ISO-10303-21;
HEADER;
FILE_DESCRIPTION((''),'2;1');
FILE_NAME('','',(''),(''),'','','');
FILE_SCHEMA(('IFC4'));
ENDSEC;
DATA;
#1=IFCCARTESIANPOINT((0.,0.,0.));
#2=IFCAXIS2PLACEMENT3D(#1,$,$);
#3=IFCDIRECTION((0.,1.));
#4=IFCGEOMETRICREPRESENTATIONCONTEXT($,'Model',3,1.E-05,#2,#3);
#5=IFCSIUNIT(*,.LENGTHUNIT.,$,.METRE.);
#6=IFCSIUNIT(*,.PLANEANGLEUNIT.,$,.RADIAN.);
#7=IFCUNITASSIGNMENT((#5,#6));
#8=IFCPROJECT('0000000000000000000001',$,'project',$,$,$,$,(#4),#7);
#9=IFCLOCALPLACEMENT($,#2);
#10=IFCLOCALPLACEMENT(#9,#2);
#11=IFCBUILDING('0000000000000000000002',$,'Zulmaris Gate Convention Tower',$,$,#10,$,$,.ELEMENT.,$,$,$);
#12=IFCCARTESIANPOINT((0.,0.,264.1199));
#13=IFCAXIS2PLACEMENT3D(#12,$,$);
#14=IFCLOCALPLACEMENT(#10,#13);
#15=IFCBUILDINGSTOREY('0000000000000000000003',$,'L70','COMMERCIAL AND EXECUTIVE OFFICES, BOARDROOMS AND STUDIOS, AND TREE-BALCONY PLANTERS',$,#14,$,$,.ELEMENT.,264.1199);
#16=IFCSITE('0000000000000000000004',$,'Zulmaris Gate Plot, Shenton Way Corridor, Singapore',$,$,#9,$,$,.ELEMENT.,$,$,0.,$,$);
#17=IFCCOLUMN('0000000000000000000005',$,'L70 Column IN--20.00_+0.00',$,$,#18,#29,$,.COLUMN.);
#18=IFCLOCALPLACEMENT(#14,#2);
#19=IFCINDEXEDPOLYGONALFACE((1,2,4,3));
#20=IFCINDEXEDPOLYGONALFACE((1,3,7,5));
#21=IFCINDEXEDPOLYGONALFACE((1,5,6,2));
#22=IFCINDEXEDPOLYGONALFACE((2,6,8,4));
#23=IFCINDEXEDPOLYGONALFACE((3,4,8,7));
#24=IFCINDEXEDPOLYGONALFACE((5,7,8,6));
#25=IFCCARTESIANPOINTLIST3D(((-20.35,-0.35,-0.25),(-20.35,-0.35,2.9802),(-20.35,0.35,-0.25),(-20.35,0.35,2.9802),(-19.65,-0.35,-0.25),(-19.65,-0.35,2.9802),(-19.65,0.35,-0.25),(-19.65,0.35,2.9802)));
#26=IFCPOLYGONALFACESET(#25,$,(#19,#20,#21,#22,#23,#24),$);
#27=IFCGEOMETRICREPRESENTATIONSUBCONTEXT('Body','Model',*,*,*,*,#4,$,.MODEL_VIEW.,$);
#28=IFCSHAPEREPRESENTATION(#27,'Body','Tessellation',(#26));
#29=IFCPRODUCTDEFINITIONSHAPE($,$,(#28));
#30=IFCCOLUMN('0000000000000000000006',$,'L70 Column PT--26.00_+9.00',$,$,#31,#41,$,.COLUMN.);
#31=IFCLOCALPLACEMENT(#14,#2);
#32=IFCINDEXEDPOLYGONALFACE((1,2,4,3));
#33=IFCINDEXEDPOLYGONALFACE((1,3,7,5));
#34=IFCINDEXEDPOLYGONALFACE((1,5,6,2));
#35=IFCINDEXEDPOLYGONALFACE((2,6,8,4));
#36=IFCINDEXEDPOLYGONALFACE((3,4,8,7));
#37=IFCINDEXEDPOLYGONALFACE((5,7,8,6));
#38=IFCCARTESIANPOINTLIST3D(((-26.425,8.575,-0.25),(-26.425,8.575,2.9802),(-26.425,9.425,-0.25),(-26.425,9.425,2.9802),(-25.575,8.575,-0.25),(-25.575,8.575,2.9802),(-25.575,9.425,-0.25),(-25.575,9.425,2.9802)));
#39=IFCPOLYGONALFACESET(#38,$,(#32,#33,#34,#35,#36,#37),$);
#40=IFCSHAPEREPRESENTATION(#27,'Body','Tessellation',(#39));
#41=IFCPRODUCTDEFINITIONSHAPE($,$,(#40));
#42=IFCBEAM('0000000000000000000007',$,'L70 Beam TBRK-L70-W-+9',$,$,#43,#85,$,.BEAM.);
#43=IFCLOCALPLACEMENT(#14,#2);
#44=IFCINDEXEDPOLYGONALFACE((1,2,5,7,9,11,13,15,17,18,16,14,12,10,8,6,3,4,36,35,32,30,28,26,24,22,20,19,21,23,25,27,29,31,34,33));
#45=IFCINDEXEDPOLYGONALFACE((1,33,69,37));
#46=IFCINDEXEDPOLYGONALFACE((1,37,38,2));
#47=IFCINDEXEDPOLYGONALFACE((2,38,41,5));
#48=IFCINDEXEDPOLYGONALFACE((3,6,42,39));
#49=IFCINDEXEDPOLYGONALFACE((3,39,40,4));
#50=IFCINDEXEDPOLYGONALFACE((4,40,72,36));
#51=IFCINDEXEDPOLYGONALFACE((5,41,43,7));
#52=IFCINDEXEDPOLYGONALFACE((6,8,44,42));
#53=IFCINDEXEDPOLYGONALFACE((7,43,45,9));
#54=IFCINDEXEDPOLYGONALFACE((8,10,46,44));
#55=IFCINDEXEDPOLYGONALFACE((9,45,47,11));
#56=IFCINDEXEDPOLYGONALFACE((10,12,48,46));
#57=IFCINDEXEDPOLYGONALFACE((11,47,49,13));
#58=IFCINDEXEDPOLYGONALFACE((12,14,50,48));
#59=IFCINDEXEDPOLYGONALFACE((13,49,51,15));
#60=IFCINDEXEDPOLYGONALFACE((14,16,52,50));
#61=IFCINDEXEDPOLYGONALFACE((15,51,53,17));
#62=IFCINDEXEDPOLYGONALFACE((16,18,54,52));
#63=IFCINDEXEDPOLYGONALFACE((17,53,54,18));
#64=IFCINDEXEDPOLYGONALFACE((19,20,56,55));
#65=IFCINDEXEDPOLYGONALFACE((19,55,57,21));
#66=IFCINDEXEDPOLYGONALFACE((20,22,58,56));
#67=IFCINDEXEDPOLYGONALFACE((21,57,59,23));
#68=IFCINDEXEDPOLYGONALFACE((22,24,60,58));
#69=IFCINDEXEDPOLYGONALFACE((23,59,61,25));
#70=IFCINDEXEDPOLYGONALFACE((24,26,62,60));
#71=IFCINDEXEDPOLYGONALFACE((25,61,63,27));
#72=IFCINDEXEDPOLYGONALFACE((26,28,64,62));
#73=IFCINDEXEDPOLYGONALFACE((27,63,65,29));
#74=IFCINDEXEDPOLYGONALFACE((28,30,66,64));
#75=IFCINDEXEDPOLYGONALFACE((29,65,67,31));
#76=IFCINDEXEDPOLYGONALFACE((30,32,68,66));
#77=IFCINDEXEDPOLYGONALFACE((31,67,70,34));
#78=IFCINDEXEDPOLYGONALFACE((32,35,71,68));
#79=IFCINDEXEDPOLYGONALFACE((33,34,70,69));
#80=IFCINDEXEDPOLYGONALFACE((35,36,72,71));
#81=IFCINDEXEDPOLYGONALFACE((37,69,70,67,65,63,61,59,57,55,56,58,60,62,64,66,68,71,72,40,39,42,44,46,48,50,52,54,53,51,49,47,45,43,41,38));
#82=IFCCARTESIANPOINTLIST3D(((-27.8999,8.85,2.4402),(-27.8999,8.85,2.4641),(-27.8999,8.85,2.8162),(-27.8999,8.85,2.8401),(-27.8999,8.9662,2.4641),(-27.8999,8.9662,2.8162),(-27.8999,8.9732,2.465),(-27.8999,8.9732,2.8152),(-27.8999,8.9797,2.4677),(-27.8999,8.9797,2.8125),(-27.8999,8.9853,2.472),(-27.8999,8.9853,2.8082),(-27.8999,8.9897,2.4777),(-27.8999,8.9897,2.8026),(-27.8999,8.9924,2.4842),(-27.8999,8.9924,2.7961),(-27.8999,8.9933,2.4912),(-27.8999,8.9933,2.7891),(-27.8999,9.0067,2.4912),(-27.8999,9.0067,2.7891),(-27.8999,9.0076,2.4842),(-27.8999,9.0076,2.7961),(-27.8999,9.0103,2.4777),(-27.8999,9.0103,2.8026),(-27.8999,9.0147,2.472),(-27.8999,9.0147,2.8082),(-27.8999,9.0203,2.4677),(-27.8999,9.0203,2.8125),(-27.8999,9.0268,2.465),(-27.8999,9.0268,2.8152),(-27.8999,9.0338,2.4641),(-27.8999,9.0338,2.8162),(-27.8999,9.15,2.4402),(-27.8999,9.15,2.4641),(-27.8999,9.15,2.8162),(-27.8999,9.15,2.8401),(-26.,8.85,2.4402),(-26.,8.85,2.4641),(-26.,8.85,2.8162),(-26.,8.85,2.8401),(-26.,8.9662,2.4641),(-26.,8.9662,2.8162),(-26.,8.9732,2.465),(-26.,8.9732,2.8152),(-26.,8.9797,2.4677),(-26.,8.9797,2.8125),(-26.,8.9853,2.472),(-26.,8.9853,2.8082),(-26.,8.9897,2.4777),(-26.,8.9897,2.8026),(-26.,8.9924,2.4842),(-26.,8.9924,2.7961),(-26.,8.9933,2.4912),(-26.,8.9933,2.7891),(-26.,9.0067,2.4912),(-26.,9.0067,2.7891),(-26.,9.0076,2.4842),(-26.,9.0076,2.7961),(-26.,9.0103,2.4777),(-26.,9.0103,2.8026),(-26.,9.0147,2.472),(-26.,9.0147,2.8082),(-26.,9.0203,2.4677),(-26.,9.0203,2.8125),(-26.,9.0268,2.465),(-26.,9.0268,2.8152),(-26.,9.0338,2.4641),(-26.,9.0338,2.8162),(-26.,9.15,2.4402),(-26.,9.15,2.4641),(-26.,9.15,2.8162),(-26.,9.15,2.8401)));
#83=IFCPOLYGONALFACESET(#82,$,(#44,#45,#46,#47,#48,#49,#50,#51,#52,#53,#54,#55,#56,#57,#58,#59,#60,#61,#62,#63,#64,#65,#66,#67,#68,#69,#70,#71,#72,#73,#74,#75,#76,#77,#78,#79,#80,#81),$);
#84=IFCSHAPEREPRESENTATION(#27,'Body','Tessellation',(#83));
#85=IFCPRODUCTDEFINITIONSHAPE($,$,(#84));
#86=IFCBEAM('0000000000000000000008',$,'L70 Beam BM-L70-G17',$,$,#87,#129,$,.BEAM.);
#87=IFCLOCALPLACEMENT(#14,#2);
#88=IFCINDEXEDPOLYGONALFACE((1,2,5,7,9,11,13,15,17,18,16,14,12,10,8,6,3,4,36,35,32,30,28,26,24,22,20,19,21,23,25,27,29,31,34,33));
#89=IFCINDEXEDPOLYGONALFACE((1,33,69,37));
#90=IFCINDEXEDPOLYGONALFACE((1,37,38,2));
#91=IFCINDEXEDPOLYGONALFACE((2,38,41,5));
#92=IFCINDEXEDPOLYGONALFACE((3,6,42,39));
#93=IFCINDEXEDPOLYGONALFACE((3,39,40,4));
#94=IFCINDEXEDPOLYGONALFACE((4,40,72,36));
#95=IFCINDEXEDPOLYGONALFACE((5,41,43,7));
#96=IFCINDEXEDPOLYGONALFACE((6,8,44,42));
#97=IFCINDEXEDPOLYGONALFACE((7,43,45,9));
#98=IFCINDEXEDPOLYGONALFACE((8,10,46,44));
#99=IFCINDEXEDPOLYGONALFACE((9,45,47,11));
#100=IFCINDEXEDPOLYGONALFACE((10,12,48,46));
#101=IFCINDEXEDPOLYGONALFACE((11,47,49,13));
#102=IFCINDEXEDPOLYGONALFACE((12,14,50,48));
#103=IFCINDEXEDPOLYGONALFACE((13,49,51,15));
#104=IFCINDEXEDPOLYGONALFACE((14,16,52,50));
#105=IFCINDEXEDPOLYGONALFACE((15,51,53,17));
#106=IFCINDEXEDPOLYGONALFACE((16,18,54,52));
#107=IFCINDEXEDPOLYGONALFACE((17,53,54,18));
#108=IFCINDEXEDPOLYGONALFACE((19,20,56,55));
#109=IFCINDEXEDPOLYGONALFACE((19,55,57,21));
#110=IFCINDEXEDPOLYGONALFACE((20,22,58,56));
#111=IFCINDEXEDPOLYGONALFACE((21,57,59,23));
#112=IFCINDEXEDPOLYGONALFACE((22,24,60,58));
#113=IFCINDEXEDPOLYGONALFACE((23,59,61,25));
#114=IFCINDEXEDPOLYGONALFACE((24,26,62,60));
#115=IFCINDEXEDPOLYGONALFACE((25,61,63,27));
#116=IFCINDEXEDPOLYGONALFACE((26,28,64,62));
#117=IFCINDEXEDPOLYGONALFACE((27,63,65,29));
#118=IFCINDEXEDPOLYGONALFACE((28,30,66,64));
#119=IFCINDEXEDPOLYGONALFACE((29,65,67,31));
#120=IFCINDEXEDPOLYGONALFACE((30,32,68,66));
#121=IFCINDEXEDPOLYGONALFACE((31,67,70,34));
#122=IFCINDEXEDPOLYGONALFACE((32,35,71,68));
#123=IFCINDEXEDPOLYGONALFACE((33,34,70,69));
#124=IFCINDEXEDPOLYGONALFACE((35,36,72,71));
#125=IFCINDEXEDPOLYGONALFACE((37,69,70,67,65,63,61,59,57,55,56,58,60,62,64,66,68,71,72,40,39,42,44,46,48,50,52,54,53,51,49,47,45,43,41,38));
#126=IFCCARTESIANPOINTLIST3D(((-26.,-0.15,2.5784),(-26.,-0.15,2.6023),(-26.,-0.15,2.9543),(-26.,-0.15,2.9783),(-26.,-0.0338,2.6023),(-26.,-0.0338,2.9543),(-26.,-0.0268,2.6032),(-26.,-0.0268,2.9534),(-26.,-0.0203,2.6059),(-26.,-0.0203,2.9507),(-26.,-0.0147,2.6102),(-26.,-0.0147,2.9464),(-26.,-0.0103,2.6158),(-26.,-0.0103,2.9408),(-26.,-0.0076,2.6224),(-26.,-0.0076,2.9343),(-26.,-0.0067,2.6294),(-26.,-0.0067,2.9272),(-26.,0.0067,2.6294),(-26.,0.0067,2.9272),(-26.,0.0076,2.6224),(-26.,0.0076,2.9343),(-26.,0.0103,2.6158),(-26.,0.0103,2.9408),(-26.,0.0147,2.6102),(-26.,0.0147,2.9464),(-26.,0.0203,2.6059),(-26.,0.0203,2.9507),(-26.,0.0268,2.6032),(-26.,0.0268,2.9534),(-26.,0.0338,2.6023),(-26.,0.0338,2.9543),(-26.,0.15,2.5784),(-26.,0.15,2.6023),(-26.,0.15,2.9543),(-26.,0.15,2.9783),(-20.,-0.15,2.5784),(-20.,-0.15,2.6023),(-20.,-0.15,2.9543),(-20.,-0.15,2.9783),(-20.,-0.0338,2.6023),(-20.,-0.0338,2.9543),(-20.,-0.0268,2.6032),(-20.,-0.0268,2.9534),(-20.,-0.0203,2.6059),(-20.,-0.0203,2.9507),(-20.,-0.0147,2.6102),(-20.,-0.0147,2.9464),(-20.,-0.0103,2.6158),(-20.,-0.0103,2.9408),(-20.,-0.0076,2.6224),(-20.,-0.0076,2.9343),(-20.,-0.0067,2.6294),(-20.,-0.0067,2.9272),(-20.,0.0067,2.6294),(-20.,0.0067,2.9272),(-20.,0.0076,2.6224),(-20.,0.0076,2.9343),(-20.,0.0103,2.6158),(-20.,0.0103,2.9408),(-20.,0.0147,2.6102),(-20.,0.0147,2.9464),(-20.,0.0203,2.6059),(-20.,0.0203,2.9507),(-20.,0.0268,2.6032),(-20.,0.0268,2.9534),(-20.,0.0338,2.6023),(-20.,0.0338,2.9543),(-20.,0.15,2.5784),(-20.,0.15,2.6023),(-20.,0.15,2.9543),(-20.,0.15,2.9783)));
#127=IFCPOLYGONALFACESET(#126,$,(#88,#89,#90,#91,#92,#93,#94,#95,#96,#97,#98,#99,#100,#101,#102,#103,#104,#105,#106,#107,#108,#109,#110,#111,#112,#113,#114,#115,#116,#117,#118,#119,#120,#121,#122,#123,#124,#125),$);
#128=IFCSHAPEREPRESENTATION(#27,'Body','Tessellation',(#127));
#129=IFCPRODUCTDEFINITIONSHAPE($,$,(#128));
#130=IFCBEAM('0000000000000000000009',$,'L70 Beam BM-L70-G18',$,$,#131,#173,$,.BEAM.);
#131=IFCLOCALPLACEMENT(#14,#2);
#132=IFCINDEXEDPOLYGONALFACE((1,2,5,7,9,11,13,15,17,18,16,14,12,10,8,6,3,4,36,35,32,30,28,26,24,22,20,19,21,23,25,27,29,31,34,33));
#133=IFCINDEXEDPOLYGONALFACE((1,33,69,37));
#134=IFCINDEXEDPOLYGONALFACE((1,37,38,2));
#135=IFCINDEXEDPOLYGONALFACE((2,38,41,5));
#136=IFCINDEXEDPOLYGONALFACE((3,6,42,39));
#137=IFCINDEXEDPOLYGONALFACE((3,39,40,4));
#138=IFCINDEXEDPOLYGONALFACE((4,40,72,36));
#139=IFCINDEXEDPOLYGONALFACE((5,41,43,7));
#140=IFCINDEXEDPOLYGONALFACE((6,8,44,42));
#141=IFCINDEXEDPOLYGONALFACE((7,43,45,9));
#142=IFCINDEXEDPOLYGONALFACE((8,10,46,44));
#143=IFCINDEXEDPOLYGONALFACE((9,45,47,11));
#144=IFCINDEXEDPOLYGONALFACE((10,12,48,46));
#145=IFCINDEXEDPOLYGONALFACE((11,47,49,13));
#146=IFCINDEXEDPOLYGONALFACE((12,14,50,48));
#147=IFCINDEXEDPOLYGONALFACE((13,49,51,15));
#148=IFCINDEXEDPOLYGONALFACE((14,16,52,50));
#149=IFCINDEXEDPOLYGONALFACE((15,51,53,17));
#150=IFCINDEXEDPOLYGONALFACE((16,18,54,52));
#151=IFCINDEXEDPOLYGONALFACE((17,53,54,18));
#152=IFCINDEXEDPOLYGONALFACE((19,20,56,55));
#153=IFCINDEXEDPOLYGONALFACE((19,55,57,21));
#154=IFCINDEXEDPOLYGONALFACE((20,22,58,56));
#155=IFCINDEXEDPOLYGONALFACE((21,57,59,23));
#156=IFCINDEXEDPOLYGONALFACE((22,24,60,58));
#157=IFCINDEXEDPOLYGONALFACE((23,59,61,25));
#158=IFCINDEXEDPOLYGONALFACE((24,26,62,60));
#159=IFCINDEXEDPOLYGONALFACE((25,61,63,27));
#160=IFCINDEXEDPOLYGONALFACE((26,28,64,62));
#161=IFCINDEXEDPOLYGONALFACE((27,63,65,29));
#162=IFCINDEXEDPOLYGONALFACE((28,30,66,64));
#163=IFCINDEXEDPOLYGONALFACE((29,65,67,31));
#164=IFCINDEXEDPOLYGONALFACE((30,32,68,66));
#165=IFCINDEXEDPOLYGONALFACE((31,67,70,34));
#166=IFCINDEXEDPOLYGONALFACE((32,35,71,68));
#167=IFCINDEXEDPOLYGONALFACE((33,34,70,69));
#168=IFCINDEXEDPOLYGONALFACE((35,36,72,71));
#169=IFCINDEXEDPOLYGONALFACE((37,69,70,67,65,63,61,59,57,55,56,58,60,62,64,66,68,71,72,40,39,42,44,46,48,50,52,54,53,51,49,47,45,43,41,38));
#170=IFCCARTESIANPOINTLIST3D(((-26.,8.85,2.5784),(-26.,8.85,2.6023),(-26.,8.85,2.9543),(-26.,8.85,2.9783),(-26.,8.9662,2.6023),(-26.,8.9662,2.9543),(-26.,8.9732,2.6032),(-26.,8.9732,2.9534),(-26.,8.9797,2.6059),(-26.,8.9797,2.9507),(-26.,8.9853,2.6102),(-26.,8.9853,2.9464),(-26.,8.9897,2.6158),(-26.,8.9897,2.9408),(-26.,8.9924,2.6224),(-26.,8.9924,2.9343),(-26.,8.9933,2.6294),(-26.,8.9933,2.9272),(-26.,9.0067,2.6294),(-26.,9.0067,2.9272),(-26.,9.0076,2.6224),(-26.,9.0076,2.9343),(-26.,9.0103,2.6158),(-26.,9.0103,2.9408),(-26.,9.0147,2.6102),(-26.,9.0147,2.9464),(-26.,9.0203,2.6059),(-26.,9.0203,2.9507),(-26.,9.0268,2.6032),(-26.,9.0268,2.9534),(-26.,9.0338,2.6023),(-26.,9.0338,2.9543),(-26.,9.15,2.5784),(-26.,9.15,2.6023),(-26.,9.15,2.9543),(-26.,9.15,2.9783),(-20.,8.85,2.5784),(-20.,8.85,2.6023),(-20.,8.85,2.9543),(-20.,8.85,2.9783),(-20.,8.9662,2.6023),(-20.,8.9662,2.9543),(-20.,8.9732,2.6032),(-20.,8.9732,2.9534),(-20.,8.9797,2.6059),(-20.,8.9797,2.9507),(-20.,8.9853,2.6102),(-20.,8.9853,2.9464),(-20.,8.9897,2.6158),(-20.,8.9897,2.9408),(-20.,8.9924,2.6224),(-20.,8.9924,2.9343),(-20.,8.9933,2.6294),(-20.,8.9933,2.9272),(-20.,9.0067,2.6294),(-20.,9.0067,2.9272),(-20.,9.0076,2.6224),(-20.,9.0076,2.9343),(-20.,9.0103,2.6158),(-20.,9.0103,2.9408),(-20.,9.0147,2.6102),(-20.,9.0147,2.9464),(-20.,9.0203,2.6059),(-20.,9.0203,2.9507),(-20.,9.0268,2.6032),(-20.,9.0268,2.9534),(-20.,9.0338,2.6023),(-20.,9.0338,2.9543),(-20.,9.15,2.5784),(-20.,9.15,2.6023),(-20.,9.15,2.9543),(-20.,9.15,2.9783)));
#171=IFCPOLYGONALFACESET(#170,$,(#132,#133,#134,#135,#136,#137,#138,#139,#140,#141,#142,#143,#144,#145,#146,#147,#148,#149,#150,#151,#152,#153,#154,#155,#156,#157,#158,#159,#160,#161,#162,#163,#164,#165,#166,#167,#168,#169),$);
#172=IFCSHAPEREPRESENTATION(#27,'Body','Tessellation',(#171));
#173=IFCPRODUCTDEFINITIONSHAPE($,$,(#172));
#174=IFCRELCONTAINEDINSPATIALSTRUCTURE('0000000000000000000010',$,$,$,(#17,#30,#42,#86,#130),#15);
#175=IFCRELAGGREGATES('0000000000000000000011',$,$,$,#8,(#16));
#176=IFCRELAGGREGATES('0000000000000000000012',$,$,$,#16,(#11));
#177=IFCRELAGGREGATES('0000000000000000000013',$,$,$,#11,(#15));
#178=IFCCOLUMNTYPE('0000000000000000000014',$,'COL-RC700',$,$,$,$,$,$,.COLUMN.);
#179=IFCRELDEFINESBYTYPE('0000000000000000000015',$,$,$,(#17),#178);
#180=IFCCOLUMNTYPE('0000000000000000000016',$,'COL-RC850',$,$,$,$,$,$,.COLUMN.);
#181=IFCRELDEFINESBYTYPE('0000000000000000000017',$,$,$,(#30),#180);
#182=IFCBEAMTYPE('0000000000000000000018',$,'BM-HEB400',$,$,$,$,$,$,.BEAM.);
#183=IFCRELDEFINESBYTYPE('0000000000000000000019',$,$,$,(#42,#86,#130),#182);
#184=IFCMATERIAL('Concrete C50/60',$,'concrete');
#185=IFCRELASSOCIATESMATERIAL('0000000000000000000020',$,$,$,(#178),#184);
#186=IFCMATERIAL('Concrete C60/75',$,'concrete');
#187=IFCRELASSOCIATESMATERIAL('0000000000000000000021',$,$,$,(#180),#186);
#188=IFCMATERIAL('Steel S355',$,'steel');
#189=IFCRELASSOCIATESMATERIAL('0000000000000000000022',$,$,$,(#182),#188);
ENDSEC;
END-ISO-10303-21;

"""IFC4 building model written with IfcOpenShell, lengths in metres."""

from ifc_helpers import new_model, si_unit, direction, frame, origin, origin_2d, place, context, subcontext, project, spatial, rectangle, i_section, extrude, material, material_profile, profile_set, type_object, element, save


model = new_model("IFC4")

# Units and contexts
model_context = context("Model", 3, precision=1e-05, world=origin(), true_north=direction((0.0, 1.0)))
body_context = subcontext(model_context, "Body", "Model", "MODEL_VIEW")
ifc_project = project(units=[si_unit("LENGTHUNIT", "METRE"), si_unit("PLANEANGLEUNIT", "RADIAN")], contexts=[model_context])

# Site, building, storey
site_placement = place(None, origin())
site = spatial("IfcSite", under=ifc_project, at=site_placement, Name="Zulmaris Gate Plot, Shenton Way Corridor, Singapore", CompositionType="ELEMENT", RefElevation=0.0)
building_placement = place(site_placement, origin())
building = spatial("IfcBuilding", under=site, at=building_placement, Name="Zulmaris Gate Convention Tower", CompositionType="ELEMENT")
storey_placement = place(building_placement, frame((0.0, 0.0, 264.1199)))
storey = spatial("IfcBuildingStorey", under=building, at=storey_placement, Name="L70", Description="COMMERCIAL AND EXECUTIVE OFFICES, BOARDROOMS AND STUDIOS, AND TREE-BALCONY PLANTERS", CompositionType="ELEMENT", Elevation=264.1199)

# Columns
ifc_material_1 = material(Name="Concrete C50/60", Category="concrete")
ifc_material_profile_1 = material_profile(ifc_material_1, rectangle(XDim=0.7, YDim=0.7, at=origin_2d()), Name="RC COL 700x700")
ifc_profile_set_1 = profile_set([ifc_material_profile_1], Name="Concrete C50/60")
column_type_1 = type_object("IfcColumnType", Name="COL-RC700", PredefinedType="COLUMN", material=ifc_profile_set_1)
column_1_placement = place(storey_placement, frame((-20.0, 0.0, -0.25), z_axis=(0.0, 0.0, 1.0), x_axis=(1.0, 0.0, 0.0)))
element("IfcColumn", 1, at=column_1_placement, inside=storey, type_object=column_type_1, Name="L70 Column IN--20.00_+0.00", PredefinedType="COLUMN", context=body_context, shape_type="SweptSolid", body=[
    extrude(rectangle(XDim=0.7, YDim=0.7, at=origin_2d()), origin(), (0.0, 0.0, 1.0), 3.2302),
])
ifc_material_2 = material(Name="Concrete C60/75", Category="concrete")
ifc_material_profile_2 = material_profile(ifc_material_2, rectangle(XDim=0.8501, YDim=0.8501, at=origin_2d()), Name="RC COL 850x850")
ifc_profile_set_2 = profile_set([ifc_material_profile_2], Name="Concrete C60/75")
column_type_2 = type_object("IfcColumnType", Name="COL-RC850", PredefinedType="COLUMN", material=ifc_profile_set_2)
column_2_placement = place(storey_placement, frame((-26.0, 9.0, -0.25), z_axis=(0.0, 0.0, 1.0), x_axis=(1.0, 0.0, 0.0)))
element("IfcColumn", 2, at=column_2_placement, inside=storey, type_object=column_type_2, Name="L70 Column PT--26.00_+9.00", PredefinedType="COLUMN", context=body_context, shape_type="SweptSolid", body=[
    extrude(rectangle(XDim=0.8501, YDim=0.8501, at=origin_2d()), origin(), (0.0, 0.0, 1.0), 3.2302),
])

# Beams
ifc_material_3 = material(Name="Steel S355", Category="steel")
ifc_material_profile_3 = material_profile(ifc_material_3, i_section(OverallWidth=0.3, OverallDepth=0.3999, WebThickness=0.0134, FlangeThickness=0.0239, FilletRadius=0.0271, at=origin_2d()), Name="HEB 400")
ifc_profile_set_3 = profile_set([ifc_material_profile_3], Name="Steel S355")
beam_type_1 = type_object("IfcBeamType", Name="BM-HEB400", PredefinedType="BEAM", material=ifc_profile_set_3)
beam_1_placement = place(storey_placement, frame((-27.8999, 9.0, 2.6401), z_axis=(1.0, 0.0, 0.0), x_axis=(0.0, 1.0, 0.0)))
element("IfcBeam", 3, at=beam_1_placement, inside=storey, type_object=beam_type_1, Name="L70 Beam TBRK-L70-W-+9", PredefinedType="BEAM", context=body_context, shape_type="SweptSolid", body=[
    extrude(i_section(OverallWidth=0.3, OverallDepth=0.3999, WebThickness=0.0134, FlangeThickness=0.0239, FilletRadius=0.0271, at=origin_2d()), origin(), (0.0, 0.0, 1.0), 1.8999),
])
for number, where, z_axis, x_axis, name in (
    (4, (-26.0, 0.0, 2.7783), (1.0, 0.0, 0.0), (0.0, 1.0, 0.0), "L70 Beam BM-L70-G17"),
    (5, (-26.0, 9.0, 2.7783), (1.0, 0.0, 0.0), (0.0, 1.0, 0.0), "L70 Beam BM-L70-G18"),
):
    element("IfcBeam", number, at=place(storey_placement, frame(where, z_axis=z_axis, x_axis=x_axis)), inside=storey, type_object=beam_type_1, Name=name, PredefinedType="BEAM", context=body_context, shape_type="SweptSolid", body=[
        extrude(i_section(OverallWidth=0.3, OverallDepth=0.3999, WebThickness=0.0134, FlangeThickness=0.0239, FilletRadius=0.0271, at=origin_2d()), origin(), (0.0, 0.0, 1.0), 6.0),
    ])

save(model, "model.ifc")
